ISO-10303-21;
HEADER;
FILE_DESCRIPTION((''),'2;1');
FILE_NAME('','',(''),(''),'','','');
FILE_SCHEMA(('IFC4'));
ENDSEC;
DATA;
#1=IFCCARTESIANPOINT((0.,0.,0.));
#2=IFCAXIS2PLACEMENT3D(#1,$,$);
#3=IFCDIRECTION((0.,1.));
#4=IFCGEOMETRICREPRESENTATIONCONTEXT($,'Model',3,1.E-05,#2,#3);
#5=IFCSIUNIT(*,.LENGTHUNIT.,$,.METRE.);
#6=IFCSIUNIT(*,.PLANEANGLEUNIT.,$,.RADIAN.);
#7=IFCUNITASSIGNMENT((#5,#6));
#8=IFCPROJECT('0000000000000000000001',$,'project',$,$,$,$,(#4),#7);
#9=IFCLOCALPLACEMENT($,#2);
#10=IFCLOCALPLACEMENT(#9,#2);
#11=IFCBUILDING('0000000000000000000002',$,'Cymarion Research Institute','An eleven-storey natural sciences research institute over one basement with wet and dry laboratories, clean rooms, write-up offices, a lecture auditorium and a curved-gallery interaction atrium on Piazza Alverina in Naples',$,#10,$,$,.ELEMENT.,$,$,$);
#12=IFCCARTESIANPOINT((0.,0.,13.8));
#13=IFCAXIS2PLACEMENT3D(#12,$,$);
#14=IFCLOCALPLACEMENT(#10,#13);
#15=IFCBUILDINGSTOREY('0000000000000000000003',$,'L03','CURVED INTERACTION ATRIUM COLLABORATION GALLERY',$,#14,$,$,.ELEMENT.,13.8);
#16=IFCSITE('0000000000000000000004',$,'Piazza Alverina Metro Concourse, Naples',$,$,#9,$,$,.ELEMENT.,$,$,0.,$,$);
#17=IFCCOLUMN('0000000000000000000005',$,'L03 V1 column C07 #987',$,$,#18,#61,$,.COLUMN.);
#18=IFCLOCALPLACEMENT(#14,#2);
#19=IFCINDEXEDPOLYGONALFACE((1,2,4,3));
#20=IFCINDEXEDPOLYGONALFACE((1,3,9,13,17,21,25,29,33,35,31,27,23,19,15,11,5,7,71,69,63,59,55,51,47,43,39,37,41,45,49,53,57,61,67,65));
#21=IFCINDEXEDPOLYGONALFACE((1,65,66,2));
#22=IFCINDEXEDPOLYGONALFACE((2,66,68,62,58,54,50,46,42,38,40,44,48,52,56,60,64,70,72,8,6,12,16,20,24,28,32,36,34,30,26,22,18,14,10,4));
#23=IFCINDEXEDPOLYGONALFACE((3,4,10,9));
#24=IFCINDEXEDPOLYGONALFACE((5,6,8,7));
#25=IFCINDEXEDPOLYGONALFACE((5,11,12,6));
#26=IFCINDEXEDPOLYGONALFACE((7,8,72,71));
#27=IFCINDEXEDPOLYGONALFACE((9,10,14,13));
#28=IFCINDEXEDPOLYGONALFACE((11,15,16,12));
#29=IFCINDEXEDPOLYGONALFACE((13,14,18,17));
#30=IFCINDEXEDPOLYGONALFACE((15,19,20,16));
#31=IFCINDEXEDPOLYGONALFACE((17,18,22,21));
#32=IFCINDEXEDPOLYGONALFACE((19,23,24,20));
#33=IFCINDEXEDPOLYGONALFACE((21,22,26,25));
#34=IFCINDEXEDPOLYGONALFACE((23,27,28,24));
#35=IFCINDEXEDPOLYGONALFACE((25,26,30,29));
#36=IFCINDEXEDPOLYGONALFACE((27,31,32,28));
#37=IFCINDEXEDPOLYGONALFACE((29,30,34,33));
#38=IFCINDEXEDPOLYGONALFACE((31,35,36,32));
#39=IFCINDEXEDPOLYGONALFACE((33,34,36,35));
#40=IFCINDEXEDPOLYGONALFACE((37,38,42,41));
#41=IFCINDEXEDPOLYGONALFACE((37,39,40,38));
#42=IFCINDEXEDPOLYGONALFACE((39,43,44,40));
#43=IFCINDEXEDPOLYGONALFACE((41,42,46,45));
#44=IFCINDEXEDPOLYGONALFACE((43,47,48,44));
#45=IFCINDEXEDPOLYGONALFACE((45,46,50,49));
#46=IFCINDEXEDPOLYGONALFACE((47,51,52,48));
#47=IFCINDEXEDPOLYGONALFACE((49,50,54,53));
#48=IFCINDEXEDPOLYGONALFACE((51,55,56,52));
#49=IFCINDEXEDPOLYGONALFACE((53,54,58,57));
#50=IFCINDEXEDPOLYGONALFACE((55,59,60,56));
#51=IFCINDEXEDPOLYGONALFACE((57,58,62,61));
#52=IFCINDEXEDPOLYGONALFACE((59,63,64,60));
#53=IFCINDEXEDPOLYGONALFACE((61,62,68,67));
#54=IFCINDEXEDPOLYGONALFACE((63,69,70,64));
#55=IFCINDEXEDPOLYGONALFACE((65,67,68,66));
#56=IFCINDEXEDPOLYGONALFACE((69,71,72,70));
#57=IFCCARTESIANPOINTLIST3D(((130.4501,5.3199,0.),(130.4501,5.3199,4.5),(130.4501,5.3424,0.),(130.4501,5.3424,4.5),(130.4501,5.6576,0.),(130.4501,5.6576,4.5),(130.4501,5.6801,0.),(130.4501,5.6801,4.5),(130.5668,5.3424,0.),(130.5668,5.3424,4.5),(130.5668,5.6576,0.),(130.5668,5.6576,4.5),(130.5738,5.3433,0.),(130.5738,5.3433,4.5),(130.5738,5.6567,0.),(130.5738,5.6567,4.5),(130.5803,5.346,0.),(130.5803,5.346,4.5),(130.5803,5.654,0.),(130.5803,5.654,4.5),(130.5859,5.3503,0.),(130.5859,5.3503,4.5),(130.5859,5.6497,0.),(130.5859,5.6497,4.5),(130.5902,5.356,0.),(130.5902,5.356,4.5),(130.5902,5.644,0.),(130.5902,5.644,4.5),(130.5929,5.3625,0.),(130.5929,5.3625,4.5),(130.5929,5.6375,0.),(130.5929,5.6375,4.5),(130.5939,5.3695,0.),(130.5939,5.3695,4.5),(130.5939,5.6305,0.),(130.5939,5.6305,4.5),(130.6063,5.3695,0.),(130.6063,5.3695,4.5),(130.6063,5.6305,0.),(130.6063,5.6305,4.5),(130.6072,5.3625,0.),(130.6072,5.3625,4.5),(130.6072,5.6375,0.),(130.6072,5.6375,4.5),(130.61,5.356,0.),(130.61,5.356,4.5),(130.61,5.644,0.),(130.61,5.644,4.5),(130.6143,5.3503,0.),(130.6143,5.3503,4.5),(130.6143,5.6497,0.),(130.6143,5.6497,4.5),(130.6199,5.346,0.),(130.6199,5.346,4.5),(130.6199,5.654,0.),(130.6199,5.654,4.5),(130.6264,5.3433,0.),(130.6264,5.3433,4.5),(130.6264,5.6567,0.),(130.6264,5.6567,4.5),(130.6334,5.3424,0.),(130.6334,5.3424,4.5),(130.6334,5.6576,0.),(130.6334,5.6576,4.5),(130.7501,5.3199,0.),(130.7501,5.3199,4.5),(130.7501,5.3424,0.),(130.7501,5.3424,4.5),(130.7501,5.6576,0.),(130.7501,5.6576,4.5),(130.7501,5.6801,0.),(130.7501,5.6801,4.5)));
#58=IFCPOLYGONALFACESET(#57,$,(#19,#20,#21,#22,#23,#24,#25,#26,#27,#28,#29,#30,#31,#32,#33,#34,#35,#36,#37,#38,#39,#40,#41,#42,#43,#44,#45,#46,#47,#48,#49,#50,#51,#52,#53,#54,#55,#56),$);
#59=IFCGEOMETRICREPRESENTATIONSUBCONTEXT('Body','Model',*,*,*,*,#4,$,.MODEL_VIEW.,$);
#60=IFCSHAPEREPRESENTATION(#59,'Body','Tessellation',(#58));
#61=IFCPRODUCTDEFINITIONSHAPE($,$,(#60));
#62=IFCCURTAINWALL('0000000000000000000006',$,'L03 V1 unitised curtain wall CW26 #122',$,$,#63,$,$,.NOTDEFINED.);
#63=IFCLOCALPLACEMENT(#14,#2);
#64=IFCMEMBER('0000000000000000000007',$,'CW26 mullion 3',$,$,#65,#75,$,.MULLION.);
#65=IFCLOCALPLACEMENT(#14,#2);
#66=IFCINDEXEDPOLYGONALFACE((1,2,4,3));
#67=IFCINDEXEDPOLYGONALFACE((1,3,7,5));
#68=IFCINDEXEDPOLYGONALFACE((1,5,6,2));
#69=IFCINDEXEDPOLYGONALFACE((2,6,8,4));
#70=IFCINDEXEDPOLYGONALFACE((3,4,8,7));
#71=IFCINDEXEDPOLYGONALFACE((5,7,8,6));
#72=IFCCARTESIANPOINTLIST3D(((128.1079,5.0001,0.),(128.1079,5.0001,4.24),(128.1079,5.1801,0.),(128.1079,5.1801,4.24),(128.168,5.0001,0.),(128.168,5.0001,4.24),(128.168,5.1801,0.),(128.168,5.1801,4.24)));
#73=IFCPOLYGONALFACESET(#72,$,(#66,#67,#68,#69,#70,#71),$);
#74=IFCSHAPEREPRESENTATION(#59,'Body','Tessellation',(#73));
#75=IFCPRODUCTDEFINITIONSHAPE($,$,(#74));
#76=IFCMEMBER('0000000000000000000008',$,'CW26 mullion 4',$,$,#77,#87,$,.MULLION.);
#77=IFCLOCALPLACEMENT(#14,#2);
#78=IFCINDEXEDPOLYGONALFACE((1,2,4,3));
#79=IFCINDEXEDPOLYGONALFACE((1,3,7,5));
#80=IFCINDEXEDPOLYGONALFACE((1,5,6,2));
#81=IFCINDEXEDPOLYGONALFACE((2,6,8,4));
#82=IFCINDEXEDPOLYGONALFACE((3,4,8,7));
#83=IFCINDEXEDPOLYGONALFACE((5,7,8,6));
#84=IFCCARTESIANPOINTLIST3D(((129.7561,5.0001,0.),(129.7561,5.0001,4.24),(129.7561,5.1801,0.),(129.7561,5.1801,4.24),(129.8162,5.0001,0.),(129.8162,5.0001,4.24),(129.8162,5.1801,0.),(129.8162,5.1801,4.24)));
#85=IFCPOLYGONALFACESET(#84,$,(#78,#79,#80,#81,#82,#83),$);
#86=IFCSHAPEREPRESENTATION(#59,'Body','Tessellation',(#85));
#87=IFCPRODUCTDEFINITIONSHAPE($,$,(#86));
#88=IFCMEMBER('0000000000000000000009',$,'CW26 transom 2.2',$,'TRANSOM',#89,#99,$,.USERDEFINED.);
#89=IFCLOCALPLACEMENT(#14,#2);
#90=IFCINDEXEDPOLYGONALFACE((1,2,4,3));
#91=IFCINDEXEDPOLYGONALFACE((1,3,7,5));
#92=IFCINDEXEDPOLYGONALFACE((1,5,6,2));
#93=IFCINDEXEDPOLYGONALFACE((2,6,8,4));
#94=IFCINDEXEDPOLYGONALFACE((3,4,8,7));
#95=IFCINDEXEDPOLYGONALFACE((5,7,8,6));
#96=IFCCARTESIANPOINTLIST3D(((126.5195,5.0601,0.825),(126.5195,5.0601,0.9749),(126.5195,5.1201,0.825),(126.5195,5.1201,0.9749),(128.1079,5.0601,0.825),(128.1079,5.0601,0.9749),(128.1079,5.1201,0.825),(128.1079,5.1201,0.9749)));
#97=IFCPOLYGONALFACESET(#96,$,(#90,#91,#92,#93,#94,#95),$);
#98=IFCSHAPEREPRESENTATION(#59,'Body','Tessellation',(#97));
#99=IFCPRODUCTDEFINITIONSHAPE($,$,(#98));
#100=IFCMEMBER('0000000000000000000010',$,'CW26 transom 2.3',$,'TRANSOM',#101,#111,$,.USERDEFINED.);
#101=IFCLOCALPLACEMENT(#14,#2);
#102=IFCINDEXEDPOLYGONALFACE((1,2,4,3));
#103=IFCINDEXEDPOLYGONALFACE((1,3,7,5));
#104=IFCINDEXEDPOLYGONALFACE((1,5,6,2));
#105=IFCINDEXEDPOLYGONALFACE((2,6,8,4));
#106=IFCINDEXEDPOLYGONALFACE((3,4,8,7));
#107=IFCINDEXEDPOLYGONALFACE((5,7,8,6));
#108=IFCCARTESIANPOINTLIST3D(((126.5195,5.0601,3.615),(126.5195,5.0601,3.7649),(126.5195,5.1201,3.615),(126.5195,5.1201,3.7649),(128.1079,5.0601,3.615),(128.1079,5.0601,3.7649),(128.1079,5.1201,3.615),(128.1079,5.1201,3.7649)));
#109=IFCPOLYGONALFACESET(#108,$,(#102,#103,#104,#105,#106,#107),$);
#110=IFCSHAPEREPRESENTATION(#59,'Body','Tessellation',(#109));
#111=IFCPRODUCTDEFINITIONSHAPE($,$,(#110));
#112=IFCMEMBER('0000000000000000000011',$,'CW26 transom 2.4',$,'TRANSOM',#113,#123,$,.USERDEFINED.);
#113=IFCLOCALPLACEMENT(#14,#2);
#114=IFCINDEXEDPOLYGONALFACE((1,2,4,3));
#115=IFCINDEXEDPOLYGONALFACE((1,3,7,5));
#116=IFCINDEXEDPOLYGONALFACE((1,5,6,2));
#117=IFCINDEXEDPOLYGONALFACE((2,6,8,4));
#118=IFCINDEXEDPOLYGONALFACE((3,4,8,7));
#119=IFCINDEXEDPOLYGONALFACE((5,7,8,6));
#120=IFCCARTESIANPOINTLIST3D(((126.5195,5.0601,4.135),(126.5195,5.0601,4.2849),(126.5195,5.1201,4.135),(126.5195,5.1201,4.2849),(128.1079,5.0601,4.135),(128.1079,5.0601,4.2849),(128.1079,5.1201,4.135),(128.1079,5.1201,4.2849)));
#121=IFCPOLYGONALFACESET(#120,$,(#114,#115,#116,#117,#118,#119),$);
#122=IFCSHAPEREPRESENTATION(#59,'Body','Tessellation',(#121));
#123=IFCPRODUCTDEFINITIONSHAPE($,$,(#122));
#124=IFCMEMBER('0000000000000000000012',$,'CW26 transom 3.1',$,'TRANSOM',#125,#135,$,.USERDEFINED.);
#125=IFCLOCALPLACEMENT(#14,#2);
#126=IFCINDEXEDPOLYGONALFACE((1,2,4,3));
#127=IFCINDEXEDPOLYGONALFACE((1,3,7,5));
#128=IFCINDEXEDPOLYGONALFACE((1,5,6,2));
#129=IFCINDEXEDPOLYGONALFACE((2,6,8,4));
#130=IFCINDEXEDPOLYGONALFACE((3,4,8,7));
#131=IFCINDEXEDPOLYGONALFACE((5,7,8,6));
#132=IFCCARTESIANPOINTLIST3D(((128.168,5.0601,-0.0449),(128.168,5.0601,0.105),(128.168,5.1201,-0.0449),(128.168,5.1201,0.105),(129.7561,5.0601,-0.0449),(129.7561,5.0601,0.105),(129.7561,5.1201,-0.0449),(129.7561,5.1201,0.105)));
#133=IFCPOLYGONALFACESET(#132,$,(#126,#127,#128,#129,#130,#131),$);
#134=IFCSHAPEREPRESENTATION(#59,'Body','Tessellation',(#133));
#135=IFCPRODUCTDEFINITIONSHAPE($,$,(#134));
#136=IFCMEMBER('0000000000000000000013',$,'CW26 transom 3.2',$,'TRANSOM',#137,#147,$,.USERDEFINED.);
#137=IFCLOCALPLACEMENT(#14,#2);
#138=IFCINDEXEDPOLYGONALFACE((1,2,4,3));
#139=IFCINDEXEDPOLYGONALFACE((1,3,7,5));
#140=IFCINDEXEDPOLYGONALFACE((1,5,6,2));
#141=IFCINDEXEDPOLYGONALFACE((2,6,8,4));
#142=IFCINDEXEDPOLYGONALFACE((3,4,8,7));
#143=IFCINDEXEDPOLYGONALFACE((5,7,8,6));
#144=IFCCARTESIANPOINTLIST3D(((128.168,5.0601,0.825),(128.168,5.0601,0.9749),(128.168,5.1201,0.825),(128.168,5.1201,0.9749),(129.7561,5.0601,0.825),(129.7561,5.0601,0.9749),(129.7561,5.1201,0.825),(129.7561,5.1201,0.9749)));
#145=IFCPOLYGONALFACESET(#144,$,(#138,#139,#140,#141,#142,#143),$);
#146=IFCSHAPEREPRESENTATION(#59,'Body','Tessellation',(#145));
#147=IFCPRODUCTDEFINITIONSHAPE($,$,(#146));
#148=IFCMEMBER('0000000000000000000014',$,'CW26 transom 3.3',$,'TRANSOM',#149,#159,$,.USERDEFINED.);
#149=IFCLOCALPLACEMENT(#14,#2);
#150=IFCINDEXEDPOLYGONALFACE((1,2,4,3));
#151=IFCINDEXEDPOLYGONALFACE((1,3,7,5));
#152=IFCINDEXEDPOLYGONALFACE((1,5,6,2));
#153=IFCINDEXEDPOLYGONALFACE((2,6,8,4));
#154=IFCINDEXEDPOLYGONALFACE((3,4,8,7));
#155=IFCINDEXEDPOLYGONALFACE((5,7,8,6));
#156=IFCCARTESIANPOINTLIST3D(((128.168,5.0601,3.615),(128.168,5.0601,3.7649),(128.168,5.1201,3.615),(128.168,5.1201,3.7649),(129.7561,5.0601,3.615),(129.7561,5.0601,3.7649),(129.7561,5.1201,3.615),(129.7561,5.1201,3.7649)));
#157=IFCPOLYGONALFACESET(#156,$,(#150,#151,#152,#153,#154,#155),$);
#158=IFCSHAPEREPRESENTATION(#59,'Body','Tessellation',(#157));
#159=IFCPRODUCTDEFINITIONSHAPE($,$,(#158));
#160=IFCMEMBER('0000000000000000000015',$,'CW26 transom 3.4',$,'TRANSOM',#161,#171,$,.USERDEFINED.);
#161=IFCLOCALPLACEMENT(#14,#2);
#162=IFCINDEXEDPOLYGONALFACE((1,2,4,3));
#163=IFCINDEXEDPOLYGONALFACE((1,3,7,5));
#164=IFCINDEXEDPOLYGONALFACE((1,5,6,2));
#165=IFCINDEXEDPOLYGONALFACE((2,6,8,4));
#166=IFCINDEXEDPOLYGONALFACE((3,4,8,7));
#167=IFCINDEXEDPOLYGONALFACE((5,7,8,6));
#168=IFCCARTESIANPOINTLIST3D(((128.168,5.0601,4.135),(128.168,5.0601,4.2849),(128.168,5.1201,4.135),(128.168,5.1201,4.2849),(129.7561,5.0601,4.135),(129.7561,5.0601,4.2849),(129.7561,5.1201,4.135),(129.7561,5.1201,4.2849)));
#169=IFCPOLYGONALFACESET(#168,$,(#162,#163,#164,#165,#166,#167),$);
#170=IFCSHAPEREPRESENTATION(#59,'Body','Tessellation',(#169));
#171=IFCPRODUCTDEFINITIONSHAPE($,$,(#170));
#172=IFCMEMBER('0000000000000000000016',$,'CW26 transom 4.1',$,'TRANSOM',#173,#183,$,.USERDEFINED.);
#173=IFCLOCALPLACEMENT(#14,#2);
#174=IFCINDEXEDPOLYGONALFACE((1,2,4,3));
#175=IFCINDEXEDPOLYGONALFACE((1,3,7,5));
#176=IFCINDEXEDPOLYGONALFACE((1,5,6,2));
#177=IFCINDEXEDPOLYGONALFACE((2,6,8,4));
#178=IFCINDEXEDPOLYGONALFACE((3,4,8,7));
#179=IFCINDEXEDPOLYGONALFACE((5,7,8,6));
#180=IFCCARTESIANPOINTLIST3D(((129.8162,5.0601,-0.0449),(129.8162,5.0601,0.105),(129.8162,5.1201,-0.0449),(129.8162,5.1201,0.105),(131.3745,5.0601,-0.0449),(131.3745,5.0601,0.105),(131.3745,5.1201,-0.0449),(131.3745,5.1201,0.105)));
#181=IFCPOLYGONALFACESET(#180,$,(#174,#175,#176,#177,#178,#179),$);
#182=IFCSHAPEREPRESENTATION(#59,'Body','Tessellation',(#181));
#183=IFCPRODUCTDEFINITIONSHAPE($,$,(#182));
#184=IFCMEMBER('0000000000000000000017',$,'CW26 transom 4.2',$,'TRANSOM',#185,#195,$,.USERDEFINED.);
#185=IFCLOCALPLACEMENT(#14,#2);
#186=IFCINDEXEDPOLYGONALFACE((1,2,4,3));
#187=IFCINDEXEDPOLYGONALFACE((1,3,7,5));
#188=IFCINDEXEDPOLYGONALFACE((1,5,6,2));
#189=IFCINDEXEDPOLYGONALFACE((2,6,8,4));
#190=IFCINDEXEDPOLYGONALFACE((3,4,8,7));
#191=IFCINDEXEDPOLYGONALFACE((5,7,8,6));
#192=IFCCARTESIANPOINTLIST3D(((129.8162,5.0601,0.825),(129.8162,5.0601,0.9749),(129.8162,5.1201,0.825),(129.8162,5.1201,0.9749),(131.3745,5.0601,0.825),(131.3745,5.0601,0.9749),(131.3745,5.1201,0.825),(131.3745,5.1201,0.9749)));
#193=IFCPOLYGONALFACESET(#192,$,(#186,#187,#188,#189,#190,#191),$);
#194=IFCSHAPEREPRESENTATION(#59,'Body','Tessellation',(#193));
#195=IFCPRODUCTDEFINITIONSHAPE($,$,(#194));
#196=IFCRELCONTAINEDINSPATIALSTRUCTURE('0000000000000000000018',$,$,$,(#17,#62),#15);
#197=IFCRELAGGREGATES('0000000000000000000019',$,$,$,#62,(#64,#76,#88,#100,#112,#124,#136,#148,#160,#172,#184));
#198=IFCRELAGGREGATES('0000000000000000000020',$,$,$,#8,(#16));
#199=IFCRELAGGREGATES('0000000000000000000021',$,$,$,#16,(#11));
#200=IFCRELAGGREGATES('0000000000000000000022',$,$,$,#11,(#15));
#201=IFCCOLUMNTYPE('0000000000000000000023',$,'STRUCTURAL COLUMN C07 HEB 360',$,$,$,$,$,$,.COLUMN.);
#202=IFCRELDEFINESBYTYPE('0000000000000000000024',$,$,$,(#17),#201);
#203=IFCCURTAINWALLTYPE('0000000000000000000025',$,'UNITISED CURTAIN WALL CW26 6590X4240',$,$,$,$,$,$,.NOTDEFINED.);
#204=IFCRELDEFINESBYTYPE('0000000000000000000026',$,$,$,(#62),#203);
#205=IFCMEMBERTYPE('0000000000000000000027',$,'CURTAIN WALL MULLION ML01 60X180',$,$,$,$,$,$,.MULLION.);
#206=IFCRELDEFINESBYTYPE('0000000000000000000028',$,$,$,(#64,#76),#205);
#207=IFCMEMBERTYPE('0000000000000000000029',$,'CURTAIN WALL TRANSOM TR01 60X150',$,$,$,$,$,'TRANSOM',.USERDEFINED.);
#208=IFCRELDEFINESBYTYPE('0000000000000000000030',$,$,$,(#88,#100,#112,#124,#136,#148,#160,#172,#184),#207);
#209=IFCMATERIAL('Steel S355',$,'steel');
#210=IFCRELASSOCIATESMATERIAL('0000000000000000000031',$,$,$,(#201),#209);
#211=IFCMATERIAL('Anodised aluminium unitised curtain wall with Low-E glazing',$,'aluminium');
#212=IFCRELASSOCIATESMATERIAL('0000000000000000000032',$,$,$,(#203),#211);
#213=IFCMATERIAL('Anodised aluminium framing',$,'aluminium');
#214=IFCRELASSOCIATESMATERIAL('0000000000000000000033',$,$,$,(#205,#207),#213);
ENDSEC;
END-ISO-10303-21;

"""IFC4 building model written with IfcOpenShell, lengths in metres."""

from ifc_helpers import new_model, si_unit, direction, frame, origin, origin_2d, place, context, subcontext, project, spatial, rectangle, i_section, extrude, material, material_profile, profile_set, type_object, element, aggregate, save


model = new_model("IFC4")

# Units and contexts
model_context = context("Model", 3, precision=1e-05, world=origin(), true_north=direction((0.0, 1.0)))
body_context = subcontext(model_context, "Body", "Model", "MODEL_VIEW")
ifc_project = project(units=[si_unit("LENGTHUNIT", "METRE"), si_unit("PLANEANGLEUNIT", "RADIAN")], contexts=[model_context])

# Site, building, storey
site_placement = place(None, origin())
site = spatial("IfcSite", under=ifc_project, at=site_placement, Name="Piazza Alverina Metro Concourse, Naples", CompositionType="ELEMENT", RefElevation=0.0)
building_placement = place(site_placement, origin())
building = spatial("IfcBuilding", under=site, at=building_placement, Name="Cymarion Research Institute", Description="An eleven-storey natural sciences research institute over one basement with wet and dry laboratories, clean rooms, write-up offices, a lecture auditorium and a curved-gallery interaction atrium on Piazza Alverina in Naples", CompositionType="ELEMENT")
storey_placement = place(building_placement, frame((0.0, 0.0, 13.8)))
storey = spatial("IfcBuildingStorey", under=building, at=storey_placement, Name="L03", Description="CURVED INTERACTION ATRIUM COLLABORATION GALLERY", CompositionType="ELEMENT", Elevation=13.8)

# Column
ifc_material_1 = material(Name="Steel S355", Category="steel")
ifc_material_profile_1 = material_profile(ifc_material_1, i_section(OverallWidth=0.3, OverallDepth=0.3601, WebThickness=0.0125, FlangeThickness=0.0225, FilletRadius=0.0271, at=origin_2d()), Name="HEB 360")
ifc_profile_set_1 = profile_set([ifc_material_profile_1], Name="Steel S355")
column_type = type_object("IfcColumnType", Name="STRUCTURAL COLUMN C07 HEB 360", PredefinedType="COLUMN", material=ifc_profile_set_1)
column_placement = place(storey_placement, frame((130.6001, 5.5, 0.0), z_axis=(0.0, 0.0, 1.0), x_axis=(1.0, 0.0, 0.0)))
element("IfcColumn", 1, at=column_placement, inside=storey, type_object=column_type, Name="L03 V1 column C07 #987", PredefinedType="COLUMN", context=body_context, shape_type="SweptSolid", body=[
    extrude(i_section(OverallWidth=0.3, OverallDepth=0.3601, WebThickness=0.0125, FlangeThickness=0.0225, FilletRadius=0.0271, at=origin_2d()), origin(), (0.0, 0.0, 1.0), 4.5),
])

# Curtain wall, members
ifc_material_2 = material(Name="Anodised aluminium unitised curtain wall with Low-E glazing", Category="aluminium")
curtain_wall_type = type_object("IfcCurtainWallType", Name="UNITISED CURTAIN WALL CW26 6590X4240", PredefinedType="NOTDEFINED", material=ifc_material_2)
curtain_wall_placement = place(storey_placement, origin())
curtain_wall = element("IfcCurtainWall", 2, at=curtain_wall_placement, inside=storey, type_object=curtain_wall_type, Name="L03 V1 unitised curtain wall CW26 #122", PredefinedType="NOTDEFINED")
ifc_material_3 = material(Name="Anodised aluminium framing", Category="aluminium")
ifc_material_profile_2 = material_profile(ifc_material_3, rectangle(XDim=0.0601, YDim=0.1799, at=origin_2d()), Name="ALU MULLION 60x180")
ifc_profile_set_2 = profile_set([ifc_material_profile_2], Name="Anodised aluminium framing")
member_type_1 = type_object("IfcMemberType", Name="CURTAIN WALL MULLION ML01 60X180", PredefinedType="MULLION", material=ifc_profile_set_2)
member_1_placement = place(storey_placement, frame((128.1379, 5.0901, 0.0), z_axis=(0.0, 0.0, 1.0), x_axis=(1.0, 0.0, 0.0)))
member_1 = element("IfcMember", 3, at=member_1_placement, type_object=member_type_1, Name="CW26 mullion 3", PredefinedType="MULLION", context=body_context, shape_type="SweptSolid", body=[
    extrude(rectangle(XDim=0.0601, YDim=0.1799, at=origin_2d()), origin(), (0.0, 0.0, 1.0), 4.24),
])
member_2_placement = place(storey_placement, frame((129.7861, 5.0901, 0.0), z_axis=(0.0, 0.0, 1.0), x_axis=(1.0, 0.0, 0.0)))
member_2 = element("IfcMember", 4, at=member_2_placement, type_object=member_type_1, Name="CW26 mullion 4", PredefinedType="MULLION", context=body_context, shape_type="SweptSolid", body=[
    extrude(rectangle(XDim=0.0601, YDim=0.1799, at=origin_2d()), origin(), (0.0, 0.0, 1.0), 4.24),
])
ifc_material_profile_3 = material_profile(ifc_material_3, rectangle(XDim=0.0601, YDim=0.1499, at=origin_2d()), Name="ALU TRANSOM 60x150")
ifc_profile_set_3 = profile_set([ifc_material_profile_3], Name="Anodised aluminium framing")
member_type_2 = type_object("IfcMemberType", Name="CURTAIN WALL TRANSOM TR01 60X150", ElementType="TRANSOM", PredefinedType="USERDEFINED", material=ifc_profile_set_3)
member_3_placement = place(storey_placement, frame((126.5195, 5.0901, 0.8999), z_axis=(1.0, 0.0, 0.0), x_axis=(0.0, 1.0, 0.0)))
member_3 = element("IfcMember", 5, at=member_3_placement, type_object=member_type_2, Name="CW26 transom 2.2", ObjectType="TRANSOM", PredefinedType="USERDEFINED", context=body_context, shape_type="SweptSolid", body=[
    extrude(rectangle(XDim=0.0601, YDim=0.1499, at=origin_2d()), origin(), (0.0, 0.0, 1.0), 1.5884),
])
member_4_placement = place(storey_placement, frame((126.5195, 5.0901, 3.6899), z_axis=(1.0, 0.0, 0.0), x_axis=(0.0, 1.0, 0.0)))
member_4 = element("IfcMember", 6, at=member_4_placement, type_object=member_type_2, Name="CW26 transom 2.3", ObjectType="TRANSOM", PredefinedType="USERDEFINED", context=body_context, shape_type="SweptSolid", body=[
    extrude(rectangle(XDim=0.0601, YDim=0.1499, at=origin_2d()), origin(), (0.0, 0.0, 1.0), 1.5884),
])
member_5_placement = place(storey_placement, frame((126.5195, 5.0901, 4.21), z_axis=(1.0, 0.0, 0.0), x_axis=(0.0, 1.0, 0.0)))
member_5 = element("IfcMember", 7, at=member_5_placement, type_object=member_type_2, Name="CW26 transom 2.4", ObjectType="TRANSOM", PredefinedType="USERDEFINED", context=body_context, shape_type="SweptSolid", body=[
    extrude(rectangle(XDim=0.0601, YDim=0.1499, at=origin_2d()), origin(), (0.0, 0.0, 1.0), 1.5884),
])
member_6_placement = place(storey_placement, frame((128.168, 5.0901, 0.03), z_axis=(1.0, 0.0, 0.0), x_axis=(0.0, 1.0, 0.0)))
member_6 = element("IfcMember", 8, at=member_6_placement, type_object=member_type_2, Name="CW26 transom 3.1", ObjectType="TRANSOM", PredefinedType="USERDEFINED", context=body_context, shape_type="SweptSolid", body=[
    extrude(rectangle(XDim=0.0601, YDim=0.1499, at=origin_2d()), origin(), (0.0, 0.0, 1.0), 1.5881),
])
member_7_placement = place(storey_placement, frame((128.168, 5.0901, 0.8999), z_axis=(1.0, 0.0, 0.0), x_axis=(0.0, 1.0, 0.0)))
member_7 = element("IfcMember", 9, at=member_7_placement, type_object=member_type_2, Name="CW26 transom 3.2", ObjectType="TRANSOM", PredefinedType="USERDEFINED", context=body_context, shape_type="SweptSolid", body=[
    extrude(rectangle(XDim=0.0601, YDim=0.1499, at=origin_2d()), origin(), (0.0, 0.0, 1.0), 1.5881),
])
member_8_placement = place(storey_placement, frame((128.168, 5.0901, 3.6899), z_axis=(1.0, 0.0, 0.0), x_axis=(0.0, 1.0, 0.0)))
member_8 = element("IfcMember", 10, at=member_8_placement, type_object=member_type_2, Name="CW26 transom 3.3", ObjectType="TRANSOM", PredefinedType="USERDEFINED", context=body_context, shape_type="SweptSolid", body=[
    extrude(rectangle(XDim=0.0601, YDim=0.1499, at=origin_2d()), origin(), (0.0, 0.0, 1.0), 1.5881),
])
member_9_placement = place(storey_placement, frame((128.168, 5.0901, 4.21), z_axis=(1.0, 0.0, 0.0), x_axis=(0.0, 1.0, 0.0)))
member_9 = element("IfcMember", 11, at=member_9_placement, type_object=member_type_2, Name="CW26 transom 3.4", ObjectType="TRANSOM", PredefinedType="USERDEFINED", context=body_context, shape_type="SweptSolid", body=[
    extrude(rectangle(XDim=0.0601, YDim=0.1499, at=origin_2d()), origin(), (0.0, 0.0, 1.0), 1.5881),
])
member_10_placement = place(storey_placement, frame((129.8162, 5.0901, 0.03), z_axis=(1.0, 0.0, 0.0), x_axis=(0.0, 1.0, 0.0)))
member_10 = element("IfcMember", 12, at=member_10_placement, type_object=member_type_2, Name="CW26 transom 4.1", ObjectType="TRANSOM", PredefinedType="USERDEFINED", context=body_context, shape_type="SweptSolid", body=[
    extrude(rectangle(XDim=0.0601, YDim=0.1499, at=origin_2d()), origin(), (0.0, 0.0, 1.0), 1.5583),
])
member_11_placement = place(storey_placement, frame((129.8162, 5.0901, 0.8999), z_axis=(1.0, 0.0, 0.0), x_axis=(0.0, 1.0, 0.0)))
member_11 = element("IfcMember", 13, at=member_11_placement, type_object=member_type_2, Name="CW26 transom 4.2", ObjectType="TRANSOM", PredefinedType="USERDEFINED", context=body_context, shape_type="SweptSolid", body=[
    extrude(rectangle(XDim=0.0601, YDim=0.1499, at=origin_2d()), origin(), (0.0, 0.0, 1.0), 1.5583),
])

aggregate(curtain_wall, [member_1, member_2, member_3, member_4, member_5, member_6, member_7, member_8, member_9, member_10, member_11])

save(model, "model.ifc")
